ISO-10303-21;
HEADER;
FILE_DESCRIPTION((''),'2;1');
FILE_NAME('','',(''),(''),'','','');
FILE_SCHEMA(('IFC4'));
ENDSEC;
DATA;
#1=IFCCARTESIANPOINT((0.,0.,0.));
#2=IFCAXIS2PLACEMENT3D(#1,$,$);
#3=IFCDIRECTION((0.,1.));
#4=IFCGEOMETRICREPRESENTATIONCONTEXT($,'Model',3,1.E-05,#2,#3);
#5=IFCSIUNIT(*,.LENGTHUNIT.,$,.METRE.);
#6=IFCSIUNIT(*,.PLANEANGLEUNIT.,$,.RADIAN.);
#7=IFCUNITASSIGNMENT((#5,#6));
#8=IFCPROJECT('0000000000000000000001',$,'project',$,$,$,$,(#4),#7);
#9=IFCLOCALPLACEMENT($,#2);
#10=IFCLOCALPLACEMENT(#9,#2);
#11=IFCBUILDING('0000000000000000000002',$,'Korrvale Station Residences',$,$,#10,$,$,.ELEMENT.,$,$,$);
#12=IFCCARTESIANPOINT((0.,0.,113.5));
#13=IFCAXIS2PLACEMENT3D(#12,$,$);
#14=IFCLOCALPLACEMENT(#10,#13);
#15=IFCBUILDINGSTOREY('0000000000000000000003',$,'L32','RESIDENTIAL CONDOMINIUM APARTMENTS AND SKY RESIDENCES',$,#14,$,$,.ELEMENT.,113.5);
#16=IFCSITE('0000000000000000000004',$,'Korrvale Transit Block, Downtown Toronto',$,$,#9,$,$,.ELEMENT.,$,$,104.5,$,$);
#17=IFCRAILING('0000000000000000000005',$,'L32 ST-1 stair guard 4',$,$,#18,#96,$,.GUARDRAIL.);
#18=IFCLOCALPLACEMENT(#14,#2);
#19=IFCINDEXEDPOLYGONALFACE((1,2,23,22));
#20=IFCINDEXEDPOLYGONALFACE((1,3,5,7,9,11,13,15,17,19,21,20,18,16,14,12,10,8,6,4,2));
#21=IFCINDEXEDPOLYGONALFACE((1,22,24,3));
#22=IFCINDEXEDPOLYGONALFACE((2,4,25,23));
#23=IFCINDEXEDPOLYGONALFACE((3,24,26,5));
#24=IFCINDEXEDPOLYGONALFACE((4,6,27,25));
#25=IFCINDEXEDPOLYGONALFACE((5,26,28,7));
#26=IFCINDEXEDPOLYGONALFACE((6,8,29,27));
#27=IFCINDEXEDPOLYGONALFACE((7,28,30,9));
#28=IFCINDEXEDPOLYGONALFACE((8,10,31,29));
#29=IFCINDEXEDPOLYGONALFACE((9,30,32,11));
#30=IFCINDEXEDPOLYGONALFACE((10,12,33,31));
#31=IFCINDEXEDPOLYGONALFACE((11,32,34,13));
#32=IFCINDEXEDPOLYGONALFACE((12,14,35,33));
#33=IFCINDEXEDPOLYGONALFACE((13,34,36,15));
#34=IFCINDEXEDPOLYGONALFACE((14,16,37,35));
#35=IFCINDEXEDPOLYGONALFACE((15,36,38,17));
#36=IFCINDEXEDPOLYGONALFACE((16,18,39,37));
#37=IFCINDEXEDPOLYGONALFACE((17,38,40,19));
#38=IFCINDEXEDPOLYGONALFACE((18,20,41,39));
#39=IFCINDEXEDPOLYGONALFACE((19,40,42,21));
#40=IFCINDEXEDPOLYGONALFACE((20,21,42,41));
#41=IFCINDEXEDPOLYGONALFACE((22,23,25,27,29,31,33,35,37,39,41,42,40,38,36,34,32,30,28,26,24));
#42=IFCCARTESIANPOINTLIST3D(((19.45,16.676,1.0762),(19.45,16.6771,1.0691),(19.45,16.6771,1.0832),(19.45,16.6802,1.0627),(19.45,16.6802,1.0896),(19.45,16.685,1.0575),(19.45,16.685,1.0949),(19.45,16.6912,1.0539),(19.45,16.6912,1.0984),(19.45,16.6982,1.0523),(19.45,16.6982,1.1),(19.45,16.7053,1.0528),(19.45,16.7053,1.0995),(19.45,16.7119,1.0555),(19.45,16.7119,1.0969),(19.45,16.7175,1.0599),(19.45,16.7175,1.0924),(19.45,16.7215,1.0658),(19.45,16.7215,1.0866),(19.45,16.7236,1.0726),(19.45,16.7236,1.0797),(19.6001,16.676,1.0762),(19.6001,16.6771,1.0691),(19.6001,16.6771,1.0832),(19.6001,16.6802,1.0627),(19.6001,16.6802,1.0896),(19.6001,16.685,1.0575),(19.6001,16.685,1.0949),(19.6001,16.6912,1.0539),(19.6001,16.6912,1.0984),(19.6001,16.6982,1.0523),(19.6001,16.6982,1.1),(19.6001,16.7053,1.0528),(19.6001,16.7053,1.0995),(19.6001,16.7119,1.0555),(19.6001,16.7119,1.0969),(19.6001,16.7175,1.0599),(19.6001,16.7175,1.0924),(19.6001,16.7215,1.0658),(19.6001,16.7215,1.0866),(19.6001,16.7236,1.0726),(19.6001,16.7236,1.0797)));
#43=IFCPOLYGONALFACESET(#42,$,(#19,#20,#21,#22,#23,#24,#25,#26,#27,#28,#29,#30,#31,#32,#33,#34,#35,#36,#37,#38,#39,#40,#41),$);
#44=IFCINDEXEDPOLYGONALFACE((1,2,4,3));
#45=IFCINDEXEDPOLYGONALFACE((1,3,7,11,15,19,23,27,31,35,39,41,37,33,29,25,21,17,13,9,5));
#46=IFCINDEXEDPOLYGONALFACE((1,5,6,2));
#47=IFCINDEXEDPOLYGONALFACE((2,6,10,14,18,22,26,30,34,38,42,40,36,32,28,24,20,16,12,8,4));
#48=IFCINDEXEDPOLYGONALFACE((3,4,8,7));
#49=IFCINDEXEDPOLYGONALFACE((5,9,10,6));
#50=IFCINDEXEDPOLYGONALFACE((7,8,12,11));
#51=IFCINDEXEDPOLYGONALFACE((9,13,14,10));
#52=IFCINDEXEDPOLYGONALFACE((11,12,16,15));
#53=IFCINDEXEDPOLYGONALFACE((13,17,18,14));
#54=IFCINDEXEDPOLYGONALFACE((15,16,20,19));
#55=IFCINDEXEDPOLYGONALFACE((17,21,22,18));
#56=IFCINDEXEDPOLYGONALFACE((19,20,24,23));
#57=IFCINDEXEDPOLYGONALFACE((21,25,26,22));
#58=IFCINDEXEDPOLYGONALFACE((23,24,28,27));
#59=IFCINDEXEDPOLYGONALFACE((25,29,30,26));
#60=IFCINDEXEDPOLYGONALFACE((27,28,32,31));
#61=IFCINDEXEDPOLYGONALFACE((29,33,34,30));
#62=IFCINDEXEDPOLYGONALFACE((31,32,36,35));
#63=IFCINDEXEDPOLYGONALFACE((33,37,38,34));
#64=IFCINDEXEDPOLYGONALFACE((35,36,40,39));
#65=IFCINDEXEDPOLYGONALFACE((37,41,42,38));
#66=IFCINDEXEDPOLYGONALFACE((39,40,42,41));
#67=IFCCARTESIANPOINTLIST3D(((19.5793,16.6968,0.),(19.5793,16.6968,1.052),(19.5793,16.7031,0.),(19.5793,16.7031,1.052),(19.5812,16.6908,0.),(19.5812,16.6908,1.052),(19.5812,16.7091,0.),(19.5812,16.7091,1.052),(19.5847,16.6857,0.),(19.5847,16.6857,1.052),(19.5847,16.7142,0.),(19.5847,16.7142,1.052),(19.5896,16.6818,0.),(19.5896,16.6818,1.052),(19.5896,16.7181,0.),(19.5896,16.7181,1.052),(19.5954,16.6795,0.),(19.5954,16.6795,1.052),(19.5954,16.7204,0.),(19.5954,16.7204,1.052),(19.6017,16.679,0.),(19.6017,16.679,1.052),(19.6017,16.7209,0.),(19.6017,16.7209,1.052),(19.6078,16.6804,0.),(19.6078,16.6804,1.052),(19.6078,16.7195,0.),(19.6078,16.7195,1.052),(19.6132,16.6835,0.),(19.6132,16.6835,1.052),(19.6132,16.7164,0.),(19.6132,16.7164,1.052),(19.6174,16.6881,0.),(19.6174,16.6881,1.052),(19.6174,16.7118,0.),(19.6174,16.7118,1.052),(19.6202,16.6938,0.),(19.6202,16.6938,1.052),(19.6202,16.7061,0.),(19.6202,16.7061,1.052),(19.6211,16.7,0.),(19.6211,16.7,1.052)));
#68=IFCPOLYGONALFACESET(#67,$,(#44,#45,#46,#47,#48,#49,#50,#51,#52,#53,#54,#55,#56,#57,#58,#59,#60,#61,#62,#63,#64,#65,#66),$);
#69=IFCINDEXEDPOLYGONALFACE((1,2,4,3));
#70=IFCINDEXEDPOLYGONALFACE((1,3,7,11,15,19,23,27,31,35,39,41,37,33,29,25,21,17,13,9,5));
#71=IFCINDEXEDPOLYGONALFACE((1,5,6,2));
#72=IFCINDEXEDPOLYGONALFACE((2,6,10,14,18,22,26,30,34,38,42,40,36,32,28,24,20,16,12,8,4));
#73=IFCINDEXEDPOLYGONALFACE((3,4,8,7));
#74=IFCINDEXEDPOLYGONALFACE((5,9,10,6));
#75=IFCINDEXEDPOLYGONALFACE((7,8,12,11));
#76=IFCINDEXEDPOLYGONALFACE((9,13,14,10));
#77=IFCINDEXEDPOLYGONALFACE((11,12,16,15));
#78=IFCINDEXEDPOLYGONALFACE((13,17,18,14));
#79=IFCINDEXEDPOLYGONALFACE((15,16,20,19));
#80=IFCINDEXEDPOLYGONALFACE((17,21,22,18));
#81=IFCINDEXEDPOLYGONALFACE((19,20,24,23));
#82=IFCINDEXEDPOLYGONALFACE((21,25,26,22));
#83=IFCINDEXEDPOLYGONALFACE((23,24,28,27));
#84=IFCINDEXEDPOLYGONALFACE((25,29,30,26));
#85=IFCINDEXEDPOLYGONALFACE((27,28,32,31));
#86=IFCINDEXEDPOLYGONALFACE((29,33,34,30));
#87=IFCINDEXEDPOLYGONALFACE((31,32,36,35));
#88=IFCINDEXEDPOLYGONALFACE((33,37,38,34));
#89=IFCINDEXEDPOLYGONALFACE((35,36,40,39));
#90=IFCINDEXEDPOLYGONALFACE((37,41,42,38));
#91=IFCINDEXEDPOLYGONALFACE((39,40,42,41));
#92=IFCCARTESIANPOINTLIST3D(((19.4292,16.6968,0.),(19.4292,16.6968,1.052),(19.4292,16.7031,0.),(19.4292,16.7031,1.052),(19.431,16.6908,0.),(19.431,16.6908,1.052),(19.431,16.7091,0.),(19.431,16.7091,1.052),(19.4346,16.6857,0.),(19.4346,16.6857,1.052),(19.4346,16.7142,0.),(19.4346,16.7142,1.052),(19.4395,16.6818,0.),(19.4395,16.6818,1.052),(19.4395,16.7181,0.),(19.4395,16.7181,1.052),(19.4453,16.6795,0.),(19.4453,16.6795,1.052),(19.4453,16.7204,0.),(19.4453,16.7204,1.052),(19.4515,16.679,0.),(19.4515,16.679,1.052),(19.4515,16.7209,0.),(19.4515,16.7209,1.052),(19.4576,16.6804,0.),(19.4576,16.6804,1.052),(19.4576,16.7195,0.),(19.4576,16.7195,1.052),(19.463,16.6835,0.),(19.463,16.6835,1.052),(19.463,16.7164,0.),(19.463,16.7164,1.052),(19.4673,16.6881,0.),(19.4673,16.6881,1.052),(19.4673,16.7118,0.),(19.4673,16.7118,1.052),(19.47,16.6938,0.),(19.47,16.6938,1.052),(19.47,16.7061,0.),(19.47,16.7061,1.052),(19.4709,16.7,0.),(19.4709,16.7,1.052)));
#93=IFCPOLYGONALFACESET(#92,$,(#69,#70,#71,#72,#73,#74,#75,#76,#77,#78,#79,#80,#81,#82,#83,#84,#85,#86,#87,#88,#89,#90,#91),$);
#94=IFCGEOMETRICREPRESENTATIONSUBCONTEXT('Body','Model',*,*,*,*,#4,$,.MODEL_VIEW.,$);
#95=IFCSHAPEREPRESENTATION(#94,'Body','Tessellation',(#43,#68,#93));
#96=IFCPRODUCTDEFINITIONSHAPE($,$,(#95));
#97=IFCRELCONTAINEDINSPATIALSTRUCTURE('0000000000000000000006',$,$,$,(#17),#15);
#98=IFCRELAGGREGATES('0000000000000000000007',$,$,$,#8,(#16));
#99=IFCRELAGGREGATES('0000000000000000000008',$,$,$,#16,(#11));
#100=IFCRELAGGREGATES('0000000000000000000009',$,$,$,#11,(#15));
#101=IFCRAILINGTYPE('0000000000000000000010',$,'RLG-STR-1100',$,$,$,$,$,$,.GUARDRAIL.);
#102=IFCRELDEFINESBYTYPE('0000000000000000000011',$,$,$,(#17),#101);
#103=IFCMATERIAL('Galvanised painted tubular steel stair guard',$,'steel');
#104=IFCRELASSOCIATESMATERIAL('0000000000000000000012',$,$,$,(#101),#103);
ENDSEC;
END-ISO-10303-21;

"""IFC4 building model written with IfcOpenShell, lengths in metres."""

from ifc_helpers import new_model, si_unit, direction, frame, origin, origin_2d, place, context, subcontext, project, spatial, circle, extrude, material, type_object, element, save


model = new_model("IFC4")

# Units and contexts
model_context = context("Model", 3, precision=1e-05, world=origin(), true_north=direction((0.0, 1.0)))
body_context = subcontext(model_context, "Body", "Model", "MODEL_VIEW")
ifc_project = project(units=[si_unit("LENGTHUNIT", "METRE"), si_unit("PLANEANGLEUNIT", "RADIAN")], contexts=[model_context])

# Site, building, storey
site_placement = place(None, origin())
site = spatial("IfcSite", under=ifc_project, at=site_placement, Name="Korrvale Transit Block, Downtown Toronto", CompositionType="ELEMENT", RefElevation=104.5)
building_placement = place(site_placement, origin())
building = spatial("IfcBuilding", under=site, at=building_placement, Name="Korrvale Station Residences", CompositionType="ELEMENT")
storey_placement = place(building_placement, frame((0.0, 0.0, 113.5)))
storey = spatial("IfcBuildingStorey", under=building, at=storey_placement, Name="L32", Description="RESIDENTIAL CONDOMINIUM APARTMENTS AND SKY RESIDENCES", CompositionType="ELEMENT", Elevation=113.5)

# Railing
ifc_material_1 = material(Name="Galvanised painted tubular steel stair guard", Category="steel")
railing_type_1 = type_object("IfcRailingType", Name="RLG-STR-1100", PredefinedType="GUARDRAIL", material=ifc_material_1)
railing_1_placement = place(storey_placement, frame((19.6001, 16.7, 0.0)))
element("IfcRailing", 1, at=railing_1_placement, inside=storey, type_object=railing_type_1, Name="L32 ST-1 stair guard 4", PredefinedType="GUARDRAIL", context=body_context, shape_type="SweptSolid", body=[
    extrude(circle(Radius=0.0239, at=origin_2d()), frame((0.0, 0.0, 1.0762), z_axis=(-1.0, 0.0, 0.0), x_axis=(0.0, -1.0, 0.0)), (0.0, 0.0, 1.0), 0.1501),
    extrude(circle(Radius=0.021, at=origin_2d()), origin(), (0.0, 0.0, 1.0), 1.052),
    extrude(circle(Radius=0.021, at=origin_2d()), frame((-0.1501, 0.0, 0.0)), (0.0, 0.0, 1.0), 1.052),
])

save(model, "model.ifc")
